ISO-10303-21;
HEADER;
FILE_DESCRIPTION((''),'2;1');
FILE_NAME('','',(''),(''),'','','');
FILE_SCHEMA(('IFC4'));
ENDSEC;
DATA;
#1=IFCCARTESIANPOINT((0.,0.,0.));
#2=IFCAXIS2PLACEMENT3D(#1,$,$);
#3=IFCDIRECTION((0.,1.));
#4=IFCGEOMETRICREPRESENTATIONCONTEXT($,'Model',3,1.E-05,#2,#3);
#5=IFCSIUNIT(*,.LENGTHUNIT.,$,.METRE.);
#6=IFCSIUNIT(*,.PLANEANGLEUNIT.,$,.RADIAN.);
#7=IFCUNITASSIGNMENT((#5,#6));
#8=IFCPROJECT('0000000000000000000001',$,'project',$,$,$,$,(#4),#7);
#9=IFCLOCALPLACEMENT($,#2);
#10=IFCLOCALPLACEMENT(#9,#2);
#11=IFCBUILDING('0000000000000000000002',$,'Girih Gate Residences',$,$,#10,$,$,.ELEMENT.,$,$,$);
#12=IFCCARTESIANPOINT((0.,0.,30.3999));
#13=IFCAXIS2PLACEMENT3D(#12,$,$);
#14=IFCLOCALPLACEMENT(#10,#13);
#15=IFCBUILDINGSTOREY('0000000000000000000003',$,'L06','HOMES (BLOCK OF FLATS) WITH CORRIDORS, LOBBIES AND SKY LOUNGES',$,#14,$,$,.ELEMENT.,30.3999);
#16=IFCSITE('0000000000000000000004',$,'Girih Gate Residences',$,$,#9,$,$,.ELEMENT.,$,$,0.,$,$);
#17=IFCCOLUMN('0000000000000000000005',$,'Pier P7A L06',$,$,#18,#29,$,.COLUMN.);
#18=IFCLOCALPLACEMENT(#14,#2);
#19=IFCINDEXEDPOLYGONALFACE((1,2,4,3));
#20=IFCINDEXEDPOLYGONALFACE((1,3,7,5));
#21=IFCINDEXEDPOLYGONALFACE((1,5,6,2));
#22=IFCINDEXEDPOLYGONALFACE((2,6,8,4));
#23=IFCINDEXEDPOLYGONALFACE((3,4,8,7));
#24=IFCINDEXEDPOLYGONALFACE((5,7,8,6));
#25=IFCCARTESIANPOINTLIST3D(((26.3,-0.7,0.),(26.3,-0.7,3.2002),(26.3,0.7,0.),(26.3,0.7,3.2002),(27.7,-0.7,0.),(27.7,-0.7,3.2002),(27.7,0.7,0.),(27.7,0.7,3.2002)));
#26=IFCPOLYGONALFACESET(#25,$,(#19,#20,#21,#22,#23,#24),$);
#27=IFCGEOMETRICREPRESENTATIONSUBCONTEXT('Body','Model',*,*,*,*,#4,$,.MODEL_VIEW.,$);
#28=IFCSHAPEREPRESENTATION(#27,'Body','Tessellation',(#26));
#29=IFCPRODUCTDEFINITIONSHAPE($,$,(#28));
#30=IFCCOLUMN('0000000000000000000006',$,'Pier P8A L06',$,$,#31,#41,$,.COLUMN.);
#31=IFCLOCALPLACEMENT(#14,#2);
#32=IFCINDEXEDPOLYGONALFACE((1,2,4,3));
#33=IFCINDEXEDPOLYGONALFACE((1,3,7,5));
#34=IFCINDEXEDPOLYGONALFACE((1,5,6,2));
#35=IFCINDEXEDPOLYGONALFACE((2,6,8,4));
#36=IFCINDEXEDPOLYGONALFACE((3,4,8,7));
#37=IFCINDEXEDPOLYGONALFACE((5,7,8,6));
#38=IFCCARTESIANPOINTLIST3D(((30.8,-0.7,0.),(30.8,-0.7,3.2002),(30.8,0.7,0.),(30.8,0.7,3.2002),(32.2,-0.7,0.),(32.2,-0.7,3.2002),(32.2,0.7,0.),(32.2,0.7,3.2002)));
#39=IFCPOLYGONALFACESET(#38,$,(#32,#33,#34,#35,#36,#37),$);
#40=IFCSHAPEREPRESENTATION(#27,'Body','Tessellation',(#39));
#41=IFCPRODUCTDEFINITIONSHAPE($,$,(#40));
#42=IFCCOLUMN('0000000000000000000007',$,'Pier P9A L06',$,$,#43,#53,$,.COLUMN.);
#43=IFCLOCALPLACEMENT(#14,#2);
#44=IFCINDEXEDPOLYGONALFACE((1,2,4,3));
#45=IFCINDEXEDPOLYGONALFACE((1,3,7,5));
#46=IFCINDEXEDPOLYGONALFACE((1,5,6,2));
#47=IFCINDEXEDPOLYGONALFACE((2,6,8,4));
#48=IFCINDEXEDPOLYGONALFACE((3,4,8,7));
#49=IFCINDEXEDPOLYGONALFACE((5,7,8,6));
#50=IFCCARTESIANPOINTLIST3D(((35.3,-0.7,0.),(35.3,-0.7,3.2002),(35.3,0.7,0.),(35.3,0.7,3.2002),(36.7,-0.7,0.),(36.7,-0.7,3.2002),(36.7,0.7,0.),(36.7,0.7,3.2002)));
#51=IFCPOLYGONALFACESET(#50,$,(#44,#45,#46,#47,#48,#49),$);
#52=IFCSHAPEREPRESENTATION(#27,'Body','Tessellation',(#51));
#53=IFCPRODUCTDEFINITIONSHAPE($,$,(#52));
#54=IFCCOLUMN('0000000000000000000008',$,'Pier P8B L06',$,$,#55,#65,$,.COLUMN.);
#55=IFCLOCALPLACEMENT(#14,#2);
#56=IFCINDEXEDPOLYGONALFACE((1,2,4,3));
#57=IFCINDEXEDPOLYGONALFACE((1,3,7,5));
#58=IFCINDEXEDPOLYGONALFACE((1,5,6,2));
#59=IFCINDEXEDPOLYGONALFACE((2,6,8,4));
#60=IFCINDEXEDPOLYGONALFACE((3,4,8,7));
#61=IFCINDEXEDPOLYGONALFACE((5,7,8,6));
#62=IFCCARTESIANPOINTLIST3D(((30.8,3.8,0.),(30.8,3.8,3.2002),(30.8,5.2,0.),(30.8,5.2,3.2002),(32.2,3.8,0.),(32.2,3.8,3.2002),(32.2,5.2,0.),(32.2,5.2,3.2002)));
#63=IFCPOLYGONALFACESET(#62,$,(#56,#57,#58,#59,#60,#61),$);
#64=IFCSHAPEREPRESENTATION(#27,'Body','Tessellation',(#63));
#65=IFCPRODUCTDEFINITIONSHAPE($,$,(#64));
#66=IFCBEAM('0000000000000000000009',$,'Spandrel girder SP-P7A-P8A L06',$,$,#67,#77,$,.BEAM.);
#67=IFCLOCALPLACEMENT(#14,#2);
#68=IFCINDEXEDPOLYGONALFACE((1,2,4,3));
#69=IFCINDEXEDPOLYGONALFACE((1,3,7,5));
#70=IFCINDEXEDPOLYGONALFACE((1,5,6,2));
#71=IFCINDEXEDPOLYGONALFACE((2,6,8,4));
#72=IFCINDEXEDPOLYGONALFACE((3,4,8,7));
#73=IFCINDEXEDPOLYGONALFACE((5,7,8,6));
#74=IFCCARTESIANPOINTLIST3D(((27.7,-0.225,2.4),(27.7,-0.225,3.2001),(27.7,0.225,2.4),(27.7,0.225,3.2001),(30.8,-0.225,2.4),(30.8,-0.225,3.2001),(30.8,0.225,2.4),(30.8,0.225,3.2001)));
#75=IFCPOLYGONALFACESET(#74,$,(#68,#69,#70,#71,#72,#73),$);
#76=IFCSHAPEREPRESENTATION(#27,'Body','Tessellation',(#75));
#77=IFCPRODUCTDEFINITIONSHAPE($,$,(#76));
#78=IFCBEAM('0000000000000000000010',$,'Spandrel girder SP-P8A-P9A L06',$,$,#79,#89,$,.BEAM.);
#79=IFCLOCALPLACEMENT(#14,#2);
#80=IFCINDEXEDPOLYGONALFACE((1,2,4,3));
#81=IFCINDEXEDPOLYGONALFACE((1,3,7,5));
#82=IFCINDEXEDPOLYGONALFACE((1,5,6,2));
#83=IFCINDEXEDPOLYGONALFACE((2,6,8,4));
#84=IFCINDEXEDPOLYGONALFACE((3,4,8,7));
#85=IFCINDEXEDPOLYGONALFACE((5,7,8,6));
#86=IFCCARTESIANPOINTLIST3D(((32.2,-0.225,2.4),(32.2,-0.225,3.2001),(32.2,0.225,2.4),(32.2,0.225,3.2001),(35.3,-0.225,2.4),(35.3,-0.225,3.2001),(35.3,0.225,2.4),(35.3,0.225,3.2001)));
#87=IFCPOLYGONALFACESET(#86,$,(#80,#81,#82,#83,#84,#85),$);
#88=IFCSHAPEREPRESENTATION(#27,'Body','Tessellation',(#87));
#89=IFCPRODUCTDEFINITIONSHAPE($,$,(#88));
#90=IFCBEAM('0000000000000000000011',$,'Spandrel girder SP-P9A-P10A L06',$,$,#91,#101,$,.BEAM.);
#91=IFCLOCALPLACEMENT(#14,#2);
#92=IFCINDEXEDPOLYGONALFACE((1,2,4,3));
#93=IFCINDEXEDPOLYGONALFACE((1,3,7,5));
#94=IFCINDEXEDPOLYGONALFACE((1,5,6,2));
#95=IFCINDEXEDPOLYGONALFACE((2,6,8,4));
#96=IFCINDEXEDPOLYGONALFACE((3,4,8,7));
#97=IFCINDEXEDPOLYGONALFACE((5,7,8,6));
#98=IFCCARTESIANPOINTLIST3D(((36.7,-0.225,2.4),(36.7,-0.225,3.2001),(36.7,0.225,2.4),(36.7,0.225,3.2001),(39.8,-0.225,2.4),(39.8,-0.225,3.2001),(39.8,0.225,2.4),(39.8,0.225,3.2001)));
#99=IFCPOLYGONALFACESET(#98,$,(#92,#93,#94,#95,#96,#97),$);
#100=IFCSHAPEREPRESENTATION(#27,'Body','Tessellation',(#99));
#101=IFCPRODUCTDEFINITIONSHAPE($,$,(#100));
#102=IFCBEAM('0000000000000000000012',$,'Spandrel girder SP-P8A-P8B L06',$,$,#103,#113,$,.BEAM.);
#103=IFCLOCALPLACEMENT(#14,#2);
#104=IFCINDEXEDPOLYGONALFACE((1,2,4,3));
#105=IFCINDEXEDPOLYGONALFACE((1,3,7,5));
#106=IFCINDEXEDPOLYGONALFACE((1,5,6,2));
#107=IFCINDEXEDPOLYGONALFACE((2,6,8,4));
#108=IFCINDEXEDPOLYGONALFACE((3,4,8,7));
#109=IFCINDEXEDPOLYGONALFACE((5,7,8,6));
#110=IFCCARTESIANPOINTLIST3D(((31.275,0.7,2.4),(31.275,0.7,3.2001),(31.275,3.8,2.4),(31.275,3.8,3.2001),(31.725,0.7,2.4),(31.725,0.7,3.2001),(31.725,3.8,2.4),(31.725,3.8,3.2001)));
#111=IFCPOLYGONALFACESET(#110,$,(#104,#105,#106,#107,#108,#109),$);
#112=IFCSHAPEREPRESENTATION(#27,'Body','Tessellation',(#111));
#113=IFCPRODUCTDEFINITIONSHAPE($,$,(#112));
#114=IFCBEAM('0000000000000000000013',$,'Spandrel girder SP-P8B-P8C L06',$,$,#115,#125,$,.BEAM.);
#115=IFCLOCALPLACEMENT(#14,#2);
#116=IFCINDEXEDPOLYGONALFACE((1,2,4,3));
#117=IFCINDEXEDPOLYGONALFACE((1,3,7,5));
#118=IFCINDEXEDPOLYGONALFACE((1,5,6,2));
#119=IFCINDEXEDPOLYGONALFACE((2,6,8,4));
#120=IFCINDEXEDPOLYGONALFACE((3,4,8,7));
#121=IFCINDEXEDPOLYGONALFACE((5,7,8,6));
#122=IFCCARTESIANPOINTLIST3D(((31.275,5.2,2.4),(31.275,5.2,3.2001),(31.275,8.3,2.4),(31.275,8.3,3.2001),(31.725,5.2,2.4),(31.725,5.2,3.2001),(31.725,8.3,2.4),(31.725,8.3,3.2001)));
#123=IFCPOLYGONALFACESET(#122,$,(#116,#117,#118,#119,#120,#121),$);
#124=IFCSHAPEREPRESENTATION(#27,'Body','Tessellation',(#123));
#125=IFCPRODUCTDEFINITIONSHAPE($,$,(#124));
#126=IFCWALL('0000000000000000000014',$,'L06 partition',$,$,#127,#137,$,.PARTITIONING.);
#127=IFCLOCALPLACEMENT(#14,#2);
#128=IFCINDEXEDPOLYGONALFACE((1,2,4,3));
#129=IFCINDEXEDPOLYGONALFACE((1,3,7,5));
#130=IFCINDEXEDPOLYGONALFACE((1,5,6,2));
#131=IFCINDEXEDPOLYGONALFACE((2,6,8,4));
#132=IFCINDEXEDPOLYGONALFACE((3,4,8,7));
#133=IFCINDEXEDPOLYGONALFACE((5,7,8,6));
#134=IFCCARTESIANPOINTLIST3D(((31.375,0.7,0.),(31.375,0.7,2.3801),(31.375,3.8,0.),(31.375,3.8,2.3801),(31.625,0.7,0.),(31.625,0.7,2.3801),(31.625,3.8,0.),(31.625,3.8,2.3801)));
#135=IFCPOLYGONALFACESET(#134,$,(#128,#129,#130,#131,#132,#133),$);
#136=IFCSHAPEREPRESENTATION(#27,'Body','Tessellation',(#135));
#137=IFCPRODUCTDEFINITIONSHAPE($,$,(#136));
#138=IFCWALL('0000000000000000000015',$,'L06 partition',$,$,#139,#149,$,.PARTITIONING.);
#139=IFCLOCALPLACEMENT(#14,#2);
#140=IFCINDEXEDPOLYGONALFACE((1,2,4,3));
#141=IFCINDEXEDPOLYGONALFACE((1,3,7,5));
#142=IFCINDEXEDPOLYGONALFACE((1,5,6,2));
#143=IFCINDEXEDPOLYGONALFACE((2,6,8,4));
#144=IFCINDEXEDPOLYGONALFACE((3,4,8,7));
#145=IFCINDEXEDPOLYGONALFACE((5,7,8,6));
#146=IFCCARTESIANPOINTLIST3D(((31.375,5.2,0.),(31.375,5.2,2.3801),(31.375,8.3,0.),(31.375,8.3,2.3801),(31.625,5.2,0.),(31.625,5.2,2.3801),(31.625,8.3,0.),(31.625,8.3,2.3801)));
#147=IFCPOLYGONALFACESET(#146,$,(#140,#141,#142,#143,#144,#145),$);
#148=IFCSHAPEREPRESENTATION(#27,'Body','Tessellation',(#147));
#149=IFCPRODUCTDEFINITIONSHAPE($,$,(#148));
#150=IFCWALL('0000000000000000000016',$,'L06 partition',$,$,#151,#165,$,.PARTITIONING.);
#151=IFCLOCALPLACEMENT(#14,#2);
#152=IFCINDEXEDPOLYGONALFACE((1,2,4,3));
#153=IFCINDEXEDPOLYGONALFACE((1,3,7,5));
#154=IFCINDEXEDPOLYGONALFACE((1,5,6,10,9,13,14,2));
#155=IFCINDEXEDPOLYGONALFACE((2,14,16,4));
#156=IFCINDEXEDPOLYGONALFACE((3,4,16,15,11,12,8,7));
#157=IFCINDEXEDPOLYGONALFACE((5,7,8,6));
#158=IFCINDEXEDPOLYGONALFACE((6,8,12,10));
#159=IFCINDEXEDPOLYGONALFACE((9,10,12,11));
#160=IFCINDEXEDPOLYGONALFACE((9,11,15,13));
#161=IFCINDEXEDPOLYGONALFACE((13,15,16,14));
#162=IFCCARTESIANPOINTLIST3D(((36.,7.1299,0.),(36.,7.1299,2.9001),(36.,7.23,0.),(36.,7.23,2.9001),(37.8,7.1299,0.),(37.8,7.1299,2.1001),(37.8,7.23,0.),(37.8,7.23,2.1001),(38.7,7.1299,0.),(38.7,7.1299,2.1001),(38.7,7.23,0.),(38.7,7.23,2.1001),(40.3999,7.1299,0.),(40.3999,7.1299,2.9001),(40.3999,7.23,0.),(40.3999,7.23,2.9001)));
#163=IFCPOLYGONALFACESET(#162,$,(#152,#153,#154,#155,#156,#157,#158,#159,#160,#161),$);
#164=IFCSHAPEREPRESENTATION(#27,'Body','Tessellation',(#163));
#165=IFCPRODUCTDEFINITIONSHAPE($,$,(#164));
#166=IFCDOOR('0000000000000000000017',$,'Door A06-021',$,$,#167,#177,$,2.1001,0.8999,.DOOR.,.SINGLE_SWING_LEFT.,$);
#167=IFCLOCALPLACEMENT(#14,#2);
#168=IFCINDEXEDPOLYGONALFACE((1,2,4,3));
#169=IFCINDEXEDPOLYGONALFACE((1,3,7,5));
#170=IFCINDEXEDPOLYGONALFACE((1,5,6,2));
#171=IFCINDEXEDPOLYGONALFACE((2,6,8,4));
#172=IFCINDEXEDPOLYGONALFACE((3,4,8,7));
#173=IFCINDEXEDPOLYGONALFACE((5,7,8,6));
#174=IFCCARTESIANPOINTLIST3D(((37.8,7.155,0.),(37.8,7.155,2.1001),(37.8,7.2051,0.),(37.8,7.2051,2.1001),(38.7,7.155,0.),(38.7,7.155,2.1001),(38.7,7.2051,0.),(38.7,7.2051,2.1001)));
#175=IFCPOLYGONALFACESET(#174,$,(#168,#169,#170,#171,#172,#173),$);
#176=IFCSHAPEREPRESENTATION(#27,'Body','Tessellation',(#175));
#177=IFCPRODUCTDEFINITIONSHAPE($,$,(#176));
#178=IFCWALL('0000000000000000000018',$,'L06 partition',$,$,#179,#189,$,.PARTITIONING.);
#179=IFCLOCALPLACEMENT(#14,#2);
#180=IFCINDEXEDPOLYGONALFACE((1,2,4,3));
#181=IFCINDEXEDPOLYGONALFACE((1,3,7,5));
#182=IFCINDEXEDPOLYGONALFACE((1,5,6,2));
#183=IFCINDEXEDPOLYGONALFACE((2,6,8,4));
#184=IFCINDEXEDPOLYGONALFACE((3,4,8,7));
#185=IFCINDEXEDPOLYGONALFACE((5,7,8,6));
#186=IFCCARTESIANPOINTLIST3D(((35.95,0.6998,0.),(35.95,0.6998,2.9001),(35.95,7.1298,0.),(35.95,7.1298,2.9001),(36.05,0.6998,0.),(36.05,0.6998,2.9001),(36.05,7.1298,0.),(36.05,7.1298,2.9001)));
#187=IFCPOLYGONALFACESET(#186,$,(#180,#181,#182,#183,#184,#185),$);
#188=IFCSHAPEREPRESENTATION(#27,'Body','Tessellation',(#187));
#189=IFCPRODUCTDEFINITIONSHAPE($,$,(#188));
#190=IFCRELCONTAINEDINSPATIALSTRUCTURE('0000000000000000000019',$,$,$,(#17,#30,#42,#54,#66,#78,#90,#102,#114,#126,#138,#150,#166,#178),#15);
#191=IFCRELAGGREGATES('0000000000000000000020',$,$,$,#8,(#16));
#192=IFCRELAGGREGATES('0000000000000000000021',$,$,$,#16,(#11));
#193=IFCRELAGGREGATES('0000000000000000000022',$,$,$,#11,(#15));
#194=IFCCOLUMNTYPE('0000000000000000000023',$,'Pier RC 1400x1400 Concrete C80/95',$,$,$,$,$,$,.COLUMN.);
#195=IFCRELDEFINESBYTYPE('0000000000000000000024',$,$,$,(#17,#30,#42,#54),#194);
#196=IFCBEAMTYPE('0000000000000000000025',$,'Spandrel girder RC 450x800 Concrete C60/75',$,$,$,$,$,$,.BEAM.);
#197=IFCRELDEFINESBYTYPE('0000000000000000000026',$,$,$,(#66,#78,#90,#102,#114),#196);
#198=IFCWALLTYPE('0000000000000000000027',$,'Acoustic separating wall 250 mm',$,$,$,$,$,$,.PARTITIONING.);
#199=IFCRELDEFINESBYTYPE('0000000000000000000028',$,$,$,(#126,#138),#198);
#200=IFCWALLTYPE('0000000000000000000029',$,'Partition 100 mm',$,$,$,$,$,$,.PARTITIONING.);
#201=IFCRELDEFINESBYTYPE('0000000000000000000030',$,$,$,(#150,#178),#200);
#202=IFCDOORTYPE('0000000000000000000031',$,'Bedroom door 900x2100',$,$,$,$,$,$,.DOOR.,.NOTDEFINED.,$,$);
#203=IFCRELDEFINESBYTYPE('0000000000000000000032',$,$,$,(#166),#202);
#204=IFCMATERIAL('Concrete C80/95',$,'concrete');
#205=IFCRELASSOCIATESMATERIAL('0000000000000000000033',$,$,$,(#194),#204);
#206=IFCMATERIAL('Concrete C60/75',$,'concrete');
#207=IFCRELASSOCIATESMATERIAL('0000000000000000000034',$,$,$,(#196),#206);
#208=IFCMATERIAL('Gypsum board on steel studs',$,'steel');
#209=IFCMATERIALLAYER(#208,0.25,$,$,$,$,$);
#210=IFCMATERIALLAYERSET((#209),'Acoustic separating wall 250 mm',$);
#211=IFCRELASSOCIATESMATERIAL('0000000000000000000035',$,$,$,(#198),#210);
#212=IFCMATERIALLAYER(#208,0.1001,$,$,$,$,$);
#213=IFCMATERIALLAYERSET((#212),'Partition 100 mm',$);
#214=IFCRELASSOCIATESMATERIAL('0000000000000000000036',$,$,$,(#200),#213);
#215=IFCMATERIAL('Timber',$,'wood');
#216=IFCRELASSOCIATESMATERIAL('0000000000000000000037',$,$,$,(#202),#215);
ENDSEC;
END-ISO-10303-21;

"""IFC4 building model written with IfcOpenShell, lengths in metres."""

from ifc_helpers import new_model, si_unit, direction, frame, frame_2d, origin, origin_2d, place, context, subcontext, project, spatial, rectangle, extrude, material, layer, layer_set, material_profile, profile_set, type_object, element, fill, save


model = new_model("IFC4")

# Units and contexts
model_context = context("Model", 3, precision=1e-05, world=origin(), true_north=direction((0.0, 1.0)))
body_context = subcontext(model_context, "Body", "Model", "MODEL_VIEW")
ifc_project = project(units=[si_unit("LENGTHUNIT", "METRE"), si_unit("PLANEANGLEUNIT", "RADIAN")], contexts=[model_context])

# Site, building, storey
site_placement = place(None, origin())
site = spatial("IfcSite", under=ifc_project, at=site_placement, Name="Girih Gate Residences", CompositionType="ELEMENT", RefElevation=0.0)
building_placement = place(site_placement, origin())
building = spatial("IfcBuilding", under=site, at=building_placement, Name="Girih Gate Residences", CompositionType="ELEMENT")
storey_placement = place(building_placement, frame((0.0, 0.0, 30.3999)))
storey = spatial("IfcBuildingStorey", under=building, at=storey_placement, Name="L06", Description="HOMES (BLOCK OF FLATS) WITH CORRIDORS, LOBBIES AND SKY LOUNGES", CompositionType="ELEMENT", Elevation=30.3999)

# Columns
ifc_material_1 = material(Name="Concrete C80/95", Category="concrete")
ifc_material_profile_1 = material_profile(ifc_material_1, rectangle(XDim=1.3999, YDim=1.3999, at=origin_2d()))
ifc_profile_set_1 = profile_set([ifc_material_profile_1], Name="Concrete C80/95")
column_type = type_object("IfcColumnType", Name="Pier RC 1400x1400 Concrete C80/95", PredefinedType="COLUMN", material=ifc_profile_set_1)
for number, where, z_axis, x_axis, name in (
    (1, (27.0, 0.0, 0.0), (0.0, 0.0, 1.0), (1.0, 0.0, 0.0), "Pier P7A L06"),
    (2, (31.5, 0.0, 0.0), (0.0, 0.0, 1.0), (1.0, 0.0, 0.0), "Pier P8A L06"),
    (3, (36.0, 0.0, 0.0), (0.0, 0.0, 1.0), (1.0, 0.0, 0.0), "Pier P9A L06"),
    (4, (31.5, 4.5, 0.0), (0.0, 0.0, 1.0), (1.0, 0.0, 0.0), "Pier P8B L06"),
):
    element("IfcColumn", number, at=place(storey_placement, frame(where, z_axis=z_axis, x_axis=x_axis)), inside=storey, type_object=column_type, Name=name, PredefinedType="COLUMN", context=body_context, shape_type="SweptSolid", body=[
        extrude(rectangle(XDim=1.3999, YDim=1.3999, at=origin_2d()), origin(), (0.0, 0.0, 1.0), 3.2002),
    ])

# Beams
ifc_material_2 = material(Name="Concrete C60/75", Category="concrete")
ifc_material_profile_2 = material_profile(ifc_material_2, rectangle(XDim=0.45, YDim=0.8, at=origin_2d()))
ifc_profile_set_2 = profile_set([ifc_material_profile_2], Name="Concrete C60/75")
beam_type = type_object("IfcBeamType", Name="Spandrel girder RC 450x800 Concrete C60/75", PredefinedType="BEAM", material=ifc_profile_set_2)
for number, where, z_axis, x_axis, name in (
    (5, (27.7, 0.0, 2.8), (1.0, 0.0, 0.0), (0.0, 1.0, 0.0), "Spandrel girder SP-P7A-P8A L06"),
    (6, (32.2, 0.0, 2.8), (1.0, 0.0, 0.0), (0.0, 1.0, 0.0), "Spandrel girder SP-P8A-P9A L06"),
    (7, (36.7, 0.0, 2.8), (1.0, 0.0, 0.0), (0.0, 1.0, 0.0), "Spandrel girder SP-P9A-P10A L06"),
    (8, (31.5, 0.7, 2.8), (0.0, 1.0, 0.0), (-1.0, 0.0, 0.0), "Spandrel girder SP-P8A-P8B L06"),
    (9, (31.5, 5.2, 2.8), (0.0, 1.0, 0.0), (-1.0, 0.0, 0.0), "Spandrel girder SP-P8B-P8C L06"),
):
    element("IfcBeam", number, at=place(storey_placement, frame(where, z_axis=z_axis, x_axis=x_axis)), inside=storey, type_object=beam_type, Name=name, PredefinedType="BEAM", context=body_context, shape_type="SweptSolid", body=[
        extrude(rectangle(XDim=0.45, YDim=0.8, at=origin_2d()), origin(), (0.0, 0.0, 1.0), 3.1001),
    ])

# Walls
ifc_material_3 = material(Name="Gypsum board on steel studs", Category="steel")
ifc_layer_1 = layer(ifc_material_3, 0.25)
ifc_layer_set_1 = layer_set([ifc_layer_1], Name="Acoustic separating wall 250 mm")
wall_type_1 = type_object("IfcWallType", Name="Acoustic separating wall 250 mm", PredefinedType="PARTITIONING", material=ifc_layer_set_1)
for number, where, z_axis, x_axis, name in (
    (10, (31.5, 0.7, 0.0), (0.0, 0.0, 1.0), (0.0, 1.0, 0.0), "L06 partition"),
    (11, (31.5, 5.2, 0.0), (0.0, 0.0, 1.0), (0.0, 1.0, 0.0), "L06 partition"),
):
    element("IfcWall", number, at=place(storey_placement, frame(where, z_axis=z_axis, x_axis=x_axis)), inside=storey, type_object=wall_type_1, Name=name, PredefinedType="PARTITIONING", context=body_context, shape_type="SweptSolid", body=[
        extrude(rectangle(XDim=3.1001, YDim=0.25, at=frame_2d((1.55, 0.0))), origin(), (0.0, 0.0, 1.0), 2.3801),
    ])

# Wall, opening, door
ifc_layer_2 = layer(ifc_material_3, 0.1001)
ifc_layer_set_2 = layer_set([ifc_layer_2], Name="Partition 100 mm")
wall_type_2 = type_object("IfcWallType", Name="Partition 100 mm", PredefinedType="PARTITIONING", material=ifc_layer_set_2)
wall_1_placement = place(storey_placement, frame((40.3999, 7.1799, 0.0), z_axis=(0.0, 0.0, 1.0), x_axis=(-1.0, 0.0, 0.0)))
wall_1 = element("IfcWall", 12, at=wall_1_placement, inside=storey, type_object=wall_type_2, Name="L06 partition", PredefinedType="PARTITIONING", context=body_context, shape_type="SweptSolid", body=[
    extrude(rectangle(XDim=4.3999, YDim=0.1001, at=frame_2d((2.2, 0.0))), origin(), (0.0, 0.0, 1.0), 2.9001),
])
opening_1_placement = place(wall_1_placement, frame((1.7, 0.0, 0.0)))
opening_1 = element("IfcOpeningElement", 13, at=opening_1_placement, cuts=wall_1, PredefinedType="OPENING", context=body_context, shape_type="SweptSolid", body=[
    extrude(rectangle(XDim=0.8999, YDim=2.1001, at=frame_2d((0.45, 1.05))), frame((0.0, 0.0601, 0.0), z_axis=(0.0, -1.0, 0.0), x_axis=(1.0, 0.0, 0.0)), (0.0, 0.0, 1.0), 0.1201),
])
ifc_material_4 = material(Name="Timber", Category="wood")
door_type_1 = type_object("IfcDoorType", Name="Bedroom door 900x2100", OperationType="NOTDEFINED", PredefinedType="DOOR", material=ifc_material_4)
door_1_placement = place(opening_1_placement, origin())
door_1 = element("IfcDoor", 14, at=door_1_placement, inside=storey, type_object=door_type_1, Name="Door A06-021", OperationType="SINGLE_SWING_LEFT", OverallHeight=2.1001, OverallWidth=0.8999, PredefinedType="DOOR", context=body_context, shape_type="SweptSolid", body=[
    extrude(rectangle(XDim=0.8999, YDim=2.1001, at=frame_2d((0.45, 1.05))), frame((0.0, 0.0249, 0.0), z_axis=(0.0, -1.0, 0.0), x_axis=(1.0, 0.0, 0.0)), (0.0, 0.0, 1.0), 0.05),
])
fill(opening_1, door_1)

# Wall
wall_2_placement = place(storey_placement, frame((36.0, 0.7, 0.0), z_axis=(0.0, 0.0, 1.0), x_axis=(0.0, 1.0, 0.0)))
element("IfcWall", 15, at=wall_2_placement, inside=storey, type_object=wall_type_2, Name="L06 partition", PredefinedType="PARTITIONING", context=body_context, shape_type="SweptSolid", body=[
    extrude(rectangle(XDim=6.4299, YDim=0.1001, at=frame_2d((3.2148, 0.0))), origin(), (0.0, 0.0, 1.0), 2.9001),
])

save(model, "model.ifc")
